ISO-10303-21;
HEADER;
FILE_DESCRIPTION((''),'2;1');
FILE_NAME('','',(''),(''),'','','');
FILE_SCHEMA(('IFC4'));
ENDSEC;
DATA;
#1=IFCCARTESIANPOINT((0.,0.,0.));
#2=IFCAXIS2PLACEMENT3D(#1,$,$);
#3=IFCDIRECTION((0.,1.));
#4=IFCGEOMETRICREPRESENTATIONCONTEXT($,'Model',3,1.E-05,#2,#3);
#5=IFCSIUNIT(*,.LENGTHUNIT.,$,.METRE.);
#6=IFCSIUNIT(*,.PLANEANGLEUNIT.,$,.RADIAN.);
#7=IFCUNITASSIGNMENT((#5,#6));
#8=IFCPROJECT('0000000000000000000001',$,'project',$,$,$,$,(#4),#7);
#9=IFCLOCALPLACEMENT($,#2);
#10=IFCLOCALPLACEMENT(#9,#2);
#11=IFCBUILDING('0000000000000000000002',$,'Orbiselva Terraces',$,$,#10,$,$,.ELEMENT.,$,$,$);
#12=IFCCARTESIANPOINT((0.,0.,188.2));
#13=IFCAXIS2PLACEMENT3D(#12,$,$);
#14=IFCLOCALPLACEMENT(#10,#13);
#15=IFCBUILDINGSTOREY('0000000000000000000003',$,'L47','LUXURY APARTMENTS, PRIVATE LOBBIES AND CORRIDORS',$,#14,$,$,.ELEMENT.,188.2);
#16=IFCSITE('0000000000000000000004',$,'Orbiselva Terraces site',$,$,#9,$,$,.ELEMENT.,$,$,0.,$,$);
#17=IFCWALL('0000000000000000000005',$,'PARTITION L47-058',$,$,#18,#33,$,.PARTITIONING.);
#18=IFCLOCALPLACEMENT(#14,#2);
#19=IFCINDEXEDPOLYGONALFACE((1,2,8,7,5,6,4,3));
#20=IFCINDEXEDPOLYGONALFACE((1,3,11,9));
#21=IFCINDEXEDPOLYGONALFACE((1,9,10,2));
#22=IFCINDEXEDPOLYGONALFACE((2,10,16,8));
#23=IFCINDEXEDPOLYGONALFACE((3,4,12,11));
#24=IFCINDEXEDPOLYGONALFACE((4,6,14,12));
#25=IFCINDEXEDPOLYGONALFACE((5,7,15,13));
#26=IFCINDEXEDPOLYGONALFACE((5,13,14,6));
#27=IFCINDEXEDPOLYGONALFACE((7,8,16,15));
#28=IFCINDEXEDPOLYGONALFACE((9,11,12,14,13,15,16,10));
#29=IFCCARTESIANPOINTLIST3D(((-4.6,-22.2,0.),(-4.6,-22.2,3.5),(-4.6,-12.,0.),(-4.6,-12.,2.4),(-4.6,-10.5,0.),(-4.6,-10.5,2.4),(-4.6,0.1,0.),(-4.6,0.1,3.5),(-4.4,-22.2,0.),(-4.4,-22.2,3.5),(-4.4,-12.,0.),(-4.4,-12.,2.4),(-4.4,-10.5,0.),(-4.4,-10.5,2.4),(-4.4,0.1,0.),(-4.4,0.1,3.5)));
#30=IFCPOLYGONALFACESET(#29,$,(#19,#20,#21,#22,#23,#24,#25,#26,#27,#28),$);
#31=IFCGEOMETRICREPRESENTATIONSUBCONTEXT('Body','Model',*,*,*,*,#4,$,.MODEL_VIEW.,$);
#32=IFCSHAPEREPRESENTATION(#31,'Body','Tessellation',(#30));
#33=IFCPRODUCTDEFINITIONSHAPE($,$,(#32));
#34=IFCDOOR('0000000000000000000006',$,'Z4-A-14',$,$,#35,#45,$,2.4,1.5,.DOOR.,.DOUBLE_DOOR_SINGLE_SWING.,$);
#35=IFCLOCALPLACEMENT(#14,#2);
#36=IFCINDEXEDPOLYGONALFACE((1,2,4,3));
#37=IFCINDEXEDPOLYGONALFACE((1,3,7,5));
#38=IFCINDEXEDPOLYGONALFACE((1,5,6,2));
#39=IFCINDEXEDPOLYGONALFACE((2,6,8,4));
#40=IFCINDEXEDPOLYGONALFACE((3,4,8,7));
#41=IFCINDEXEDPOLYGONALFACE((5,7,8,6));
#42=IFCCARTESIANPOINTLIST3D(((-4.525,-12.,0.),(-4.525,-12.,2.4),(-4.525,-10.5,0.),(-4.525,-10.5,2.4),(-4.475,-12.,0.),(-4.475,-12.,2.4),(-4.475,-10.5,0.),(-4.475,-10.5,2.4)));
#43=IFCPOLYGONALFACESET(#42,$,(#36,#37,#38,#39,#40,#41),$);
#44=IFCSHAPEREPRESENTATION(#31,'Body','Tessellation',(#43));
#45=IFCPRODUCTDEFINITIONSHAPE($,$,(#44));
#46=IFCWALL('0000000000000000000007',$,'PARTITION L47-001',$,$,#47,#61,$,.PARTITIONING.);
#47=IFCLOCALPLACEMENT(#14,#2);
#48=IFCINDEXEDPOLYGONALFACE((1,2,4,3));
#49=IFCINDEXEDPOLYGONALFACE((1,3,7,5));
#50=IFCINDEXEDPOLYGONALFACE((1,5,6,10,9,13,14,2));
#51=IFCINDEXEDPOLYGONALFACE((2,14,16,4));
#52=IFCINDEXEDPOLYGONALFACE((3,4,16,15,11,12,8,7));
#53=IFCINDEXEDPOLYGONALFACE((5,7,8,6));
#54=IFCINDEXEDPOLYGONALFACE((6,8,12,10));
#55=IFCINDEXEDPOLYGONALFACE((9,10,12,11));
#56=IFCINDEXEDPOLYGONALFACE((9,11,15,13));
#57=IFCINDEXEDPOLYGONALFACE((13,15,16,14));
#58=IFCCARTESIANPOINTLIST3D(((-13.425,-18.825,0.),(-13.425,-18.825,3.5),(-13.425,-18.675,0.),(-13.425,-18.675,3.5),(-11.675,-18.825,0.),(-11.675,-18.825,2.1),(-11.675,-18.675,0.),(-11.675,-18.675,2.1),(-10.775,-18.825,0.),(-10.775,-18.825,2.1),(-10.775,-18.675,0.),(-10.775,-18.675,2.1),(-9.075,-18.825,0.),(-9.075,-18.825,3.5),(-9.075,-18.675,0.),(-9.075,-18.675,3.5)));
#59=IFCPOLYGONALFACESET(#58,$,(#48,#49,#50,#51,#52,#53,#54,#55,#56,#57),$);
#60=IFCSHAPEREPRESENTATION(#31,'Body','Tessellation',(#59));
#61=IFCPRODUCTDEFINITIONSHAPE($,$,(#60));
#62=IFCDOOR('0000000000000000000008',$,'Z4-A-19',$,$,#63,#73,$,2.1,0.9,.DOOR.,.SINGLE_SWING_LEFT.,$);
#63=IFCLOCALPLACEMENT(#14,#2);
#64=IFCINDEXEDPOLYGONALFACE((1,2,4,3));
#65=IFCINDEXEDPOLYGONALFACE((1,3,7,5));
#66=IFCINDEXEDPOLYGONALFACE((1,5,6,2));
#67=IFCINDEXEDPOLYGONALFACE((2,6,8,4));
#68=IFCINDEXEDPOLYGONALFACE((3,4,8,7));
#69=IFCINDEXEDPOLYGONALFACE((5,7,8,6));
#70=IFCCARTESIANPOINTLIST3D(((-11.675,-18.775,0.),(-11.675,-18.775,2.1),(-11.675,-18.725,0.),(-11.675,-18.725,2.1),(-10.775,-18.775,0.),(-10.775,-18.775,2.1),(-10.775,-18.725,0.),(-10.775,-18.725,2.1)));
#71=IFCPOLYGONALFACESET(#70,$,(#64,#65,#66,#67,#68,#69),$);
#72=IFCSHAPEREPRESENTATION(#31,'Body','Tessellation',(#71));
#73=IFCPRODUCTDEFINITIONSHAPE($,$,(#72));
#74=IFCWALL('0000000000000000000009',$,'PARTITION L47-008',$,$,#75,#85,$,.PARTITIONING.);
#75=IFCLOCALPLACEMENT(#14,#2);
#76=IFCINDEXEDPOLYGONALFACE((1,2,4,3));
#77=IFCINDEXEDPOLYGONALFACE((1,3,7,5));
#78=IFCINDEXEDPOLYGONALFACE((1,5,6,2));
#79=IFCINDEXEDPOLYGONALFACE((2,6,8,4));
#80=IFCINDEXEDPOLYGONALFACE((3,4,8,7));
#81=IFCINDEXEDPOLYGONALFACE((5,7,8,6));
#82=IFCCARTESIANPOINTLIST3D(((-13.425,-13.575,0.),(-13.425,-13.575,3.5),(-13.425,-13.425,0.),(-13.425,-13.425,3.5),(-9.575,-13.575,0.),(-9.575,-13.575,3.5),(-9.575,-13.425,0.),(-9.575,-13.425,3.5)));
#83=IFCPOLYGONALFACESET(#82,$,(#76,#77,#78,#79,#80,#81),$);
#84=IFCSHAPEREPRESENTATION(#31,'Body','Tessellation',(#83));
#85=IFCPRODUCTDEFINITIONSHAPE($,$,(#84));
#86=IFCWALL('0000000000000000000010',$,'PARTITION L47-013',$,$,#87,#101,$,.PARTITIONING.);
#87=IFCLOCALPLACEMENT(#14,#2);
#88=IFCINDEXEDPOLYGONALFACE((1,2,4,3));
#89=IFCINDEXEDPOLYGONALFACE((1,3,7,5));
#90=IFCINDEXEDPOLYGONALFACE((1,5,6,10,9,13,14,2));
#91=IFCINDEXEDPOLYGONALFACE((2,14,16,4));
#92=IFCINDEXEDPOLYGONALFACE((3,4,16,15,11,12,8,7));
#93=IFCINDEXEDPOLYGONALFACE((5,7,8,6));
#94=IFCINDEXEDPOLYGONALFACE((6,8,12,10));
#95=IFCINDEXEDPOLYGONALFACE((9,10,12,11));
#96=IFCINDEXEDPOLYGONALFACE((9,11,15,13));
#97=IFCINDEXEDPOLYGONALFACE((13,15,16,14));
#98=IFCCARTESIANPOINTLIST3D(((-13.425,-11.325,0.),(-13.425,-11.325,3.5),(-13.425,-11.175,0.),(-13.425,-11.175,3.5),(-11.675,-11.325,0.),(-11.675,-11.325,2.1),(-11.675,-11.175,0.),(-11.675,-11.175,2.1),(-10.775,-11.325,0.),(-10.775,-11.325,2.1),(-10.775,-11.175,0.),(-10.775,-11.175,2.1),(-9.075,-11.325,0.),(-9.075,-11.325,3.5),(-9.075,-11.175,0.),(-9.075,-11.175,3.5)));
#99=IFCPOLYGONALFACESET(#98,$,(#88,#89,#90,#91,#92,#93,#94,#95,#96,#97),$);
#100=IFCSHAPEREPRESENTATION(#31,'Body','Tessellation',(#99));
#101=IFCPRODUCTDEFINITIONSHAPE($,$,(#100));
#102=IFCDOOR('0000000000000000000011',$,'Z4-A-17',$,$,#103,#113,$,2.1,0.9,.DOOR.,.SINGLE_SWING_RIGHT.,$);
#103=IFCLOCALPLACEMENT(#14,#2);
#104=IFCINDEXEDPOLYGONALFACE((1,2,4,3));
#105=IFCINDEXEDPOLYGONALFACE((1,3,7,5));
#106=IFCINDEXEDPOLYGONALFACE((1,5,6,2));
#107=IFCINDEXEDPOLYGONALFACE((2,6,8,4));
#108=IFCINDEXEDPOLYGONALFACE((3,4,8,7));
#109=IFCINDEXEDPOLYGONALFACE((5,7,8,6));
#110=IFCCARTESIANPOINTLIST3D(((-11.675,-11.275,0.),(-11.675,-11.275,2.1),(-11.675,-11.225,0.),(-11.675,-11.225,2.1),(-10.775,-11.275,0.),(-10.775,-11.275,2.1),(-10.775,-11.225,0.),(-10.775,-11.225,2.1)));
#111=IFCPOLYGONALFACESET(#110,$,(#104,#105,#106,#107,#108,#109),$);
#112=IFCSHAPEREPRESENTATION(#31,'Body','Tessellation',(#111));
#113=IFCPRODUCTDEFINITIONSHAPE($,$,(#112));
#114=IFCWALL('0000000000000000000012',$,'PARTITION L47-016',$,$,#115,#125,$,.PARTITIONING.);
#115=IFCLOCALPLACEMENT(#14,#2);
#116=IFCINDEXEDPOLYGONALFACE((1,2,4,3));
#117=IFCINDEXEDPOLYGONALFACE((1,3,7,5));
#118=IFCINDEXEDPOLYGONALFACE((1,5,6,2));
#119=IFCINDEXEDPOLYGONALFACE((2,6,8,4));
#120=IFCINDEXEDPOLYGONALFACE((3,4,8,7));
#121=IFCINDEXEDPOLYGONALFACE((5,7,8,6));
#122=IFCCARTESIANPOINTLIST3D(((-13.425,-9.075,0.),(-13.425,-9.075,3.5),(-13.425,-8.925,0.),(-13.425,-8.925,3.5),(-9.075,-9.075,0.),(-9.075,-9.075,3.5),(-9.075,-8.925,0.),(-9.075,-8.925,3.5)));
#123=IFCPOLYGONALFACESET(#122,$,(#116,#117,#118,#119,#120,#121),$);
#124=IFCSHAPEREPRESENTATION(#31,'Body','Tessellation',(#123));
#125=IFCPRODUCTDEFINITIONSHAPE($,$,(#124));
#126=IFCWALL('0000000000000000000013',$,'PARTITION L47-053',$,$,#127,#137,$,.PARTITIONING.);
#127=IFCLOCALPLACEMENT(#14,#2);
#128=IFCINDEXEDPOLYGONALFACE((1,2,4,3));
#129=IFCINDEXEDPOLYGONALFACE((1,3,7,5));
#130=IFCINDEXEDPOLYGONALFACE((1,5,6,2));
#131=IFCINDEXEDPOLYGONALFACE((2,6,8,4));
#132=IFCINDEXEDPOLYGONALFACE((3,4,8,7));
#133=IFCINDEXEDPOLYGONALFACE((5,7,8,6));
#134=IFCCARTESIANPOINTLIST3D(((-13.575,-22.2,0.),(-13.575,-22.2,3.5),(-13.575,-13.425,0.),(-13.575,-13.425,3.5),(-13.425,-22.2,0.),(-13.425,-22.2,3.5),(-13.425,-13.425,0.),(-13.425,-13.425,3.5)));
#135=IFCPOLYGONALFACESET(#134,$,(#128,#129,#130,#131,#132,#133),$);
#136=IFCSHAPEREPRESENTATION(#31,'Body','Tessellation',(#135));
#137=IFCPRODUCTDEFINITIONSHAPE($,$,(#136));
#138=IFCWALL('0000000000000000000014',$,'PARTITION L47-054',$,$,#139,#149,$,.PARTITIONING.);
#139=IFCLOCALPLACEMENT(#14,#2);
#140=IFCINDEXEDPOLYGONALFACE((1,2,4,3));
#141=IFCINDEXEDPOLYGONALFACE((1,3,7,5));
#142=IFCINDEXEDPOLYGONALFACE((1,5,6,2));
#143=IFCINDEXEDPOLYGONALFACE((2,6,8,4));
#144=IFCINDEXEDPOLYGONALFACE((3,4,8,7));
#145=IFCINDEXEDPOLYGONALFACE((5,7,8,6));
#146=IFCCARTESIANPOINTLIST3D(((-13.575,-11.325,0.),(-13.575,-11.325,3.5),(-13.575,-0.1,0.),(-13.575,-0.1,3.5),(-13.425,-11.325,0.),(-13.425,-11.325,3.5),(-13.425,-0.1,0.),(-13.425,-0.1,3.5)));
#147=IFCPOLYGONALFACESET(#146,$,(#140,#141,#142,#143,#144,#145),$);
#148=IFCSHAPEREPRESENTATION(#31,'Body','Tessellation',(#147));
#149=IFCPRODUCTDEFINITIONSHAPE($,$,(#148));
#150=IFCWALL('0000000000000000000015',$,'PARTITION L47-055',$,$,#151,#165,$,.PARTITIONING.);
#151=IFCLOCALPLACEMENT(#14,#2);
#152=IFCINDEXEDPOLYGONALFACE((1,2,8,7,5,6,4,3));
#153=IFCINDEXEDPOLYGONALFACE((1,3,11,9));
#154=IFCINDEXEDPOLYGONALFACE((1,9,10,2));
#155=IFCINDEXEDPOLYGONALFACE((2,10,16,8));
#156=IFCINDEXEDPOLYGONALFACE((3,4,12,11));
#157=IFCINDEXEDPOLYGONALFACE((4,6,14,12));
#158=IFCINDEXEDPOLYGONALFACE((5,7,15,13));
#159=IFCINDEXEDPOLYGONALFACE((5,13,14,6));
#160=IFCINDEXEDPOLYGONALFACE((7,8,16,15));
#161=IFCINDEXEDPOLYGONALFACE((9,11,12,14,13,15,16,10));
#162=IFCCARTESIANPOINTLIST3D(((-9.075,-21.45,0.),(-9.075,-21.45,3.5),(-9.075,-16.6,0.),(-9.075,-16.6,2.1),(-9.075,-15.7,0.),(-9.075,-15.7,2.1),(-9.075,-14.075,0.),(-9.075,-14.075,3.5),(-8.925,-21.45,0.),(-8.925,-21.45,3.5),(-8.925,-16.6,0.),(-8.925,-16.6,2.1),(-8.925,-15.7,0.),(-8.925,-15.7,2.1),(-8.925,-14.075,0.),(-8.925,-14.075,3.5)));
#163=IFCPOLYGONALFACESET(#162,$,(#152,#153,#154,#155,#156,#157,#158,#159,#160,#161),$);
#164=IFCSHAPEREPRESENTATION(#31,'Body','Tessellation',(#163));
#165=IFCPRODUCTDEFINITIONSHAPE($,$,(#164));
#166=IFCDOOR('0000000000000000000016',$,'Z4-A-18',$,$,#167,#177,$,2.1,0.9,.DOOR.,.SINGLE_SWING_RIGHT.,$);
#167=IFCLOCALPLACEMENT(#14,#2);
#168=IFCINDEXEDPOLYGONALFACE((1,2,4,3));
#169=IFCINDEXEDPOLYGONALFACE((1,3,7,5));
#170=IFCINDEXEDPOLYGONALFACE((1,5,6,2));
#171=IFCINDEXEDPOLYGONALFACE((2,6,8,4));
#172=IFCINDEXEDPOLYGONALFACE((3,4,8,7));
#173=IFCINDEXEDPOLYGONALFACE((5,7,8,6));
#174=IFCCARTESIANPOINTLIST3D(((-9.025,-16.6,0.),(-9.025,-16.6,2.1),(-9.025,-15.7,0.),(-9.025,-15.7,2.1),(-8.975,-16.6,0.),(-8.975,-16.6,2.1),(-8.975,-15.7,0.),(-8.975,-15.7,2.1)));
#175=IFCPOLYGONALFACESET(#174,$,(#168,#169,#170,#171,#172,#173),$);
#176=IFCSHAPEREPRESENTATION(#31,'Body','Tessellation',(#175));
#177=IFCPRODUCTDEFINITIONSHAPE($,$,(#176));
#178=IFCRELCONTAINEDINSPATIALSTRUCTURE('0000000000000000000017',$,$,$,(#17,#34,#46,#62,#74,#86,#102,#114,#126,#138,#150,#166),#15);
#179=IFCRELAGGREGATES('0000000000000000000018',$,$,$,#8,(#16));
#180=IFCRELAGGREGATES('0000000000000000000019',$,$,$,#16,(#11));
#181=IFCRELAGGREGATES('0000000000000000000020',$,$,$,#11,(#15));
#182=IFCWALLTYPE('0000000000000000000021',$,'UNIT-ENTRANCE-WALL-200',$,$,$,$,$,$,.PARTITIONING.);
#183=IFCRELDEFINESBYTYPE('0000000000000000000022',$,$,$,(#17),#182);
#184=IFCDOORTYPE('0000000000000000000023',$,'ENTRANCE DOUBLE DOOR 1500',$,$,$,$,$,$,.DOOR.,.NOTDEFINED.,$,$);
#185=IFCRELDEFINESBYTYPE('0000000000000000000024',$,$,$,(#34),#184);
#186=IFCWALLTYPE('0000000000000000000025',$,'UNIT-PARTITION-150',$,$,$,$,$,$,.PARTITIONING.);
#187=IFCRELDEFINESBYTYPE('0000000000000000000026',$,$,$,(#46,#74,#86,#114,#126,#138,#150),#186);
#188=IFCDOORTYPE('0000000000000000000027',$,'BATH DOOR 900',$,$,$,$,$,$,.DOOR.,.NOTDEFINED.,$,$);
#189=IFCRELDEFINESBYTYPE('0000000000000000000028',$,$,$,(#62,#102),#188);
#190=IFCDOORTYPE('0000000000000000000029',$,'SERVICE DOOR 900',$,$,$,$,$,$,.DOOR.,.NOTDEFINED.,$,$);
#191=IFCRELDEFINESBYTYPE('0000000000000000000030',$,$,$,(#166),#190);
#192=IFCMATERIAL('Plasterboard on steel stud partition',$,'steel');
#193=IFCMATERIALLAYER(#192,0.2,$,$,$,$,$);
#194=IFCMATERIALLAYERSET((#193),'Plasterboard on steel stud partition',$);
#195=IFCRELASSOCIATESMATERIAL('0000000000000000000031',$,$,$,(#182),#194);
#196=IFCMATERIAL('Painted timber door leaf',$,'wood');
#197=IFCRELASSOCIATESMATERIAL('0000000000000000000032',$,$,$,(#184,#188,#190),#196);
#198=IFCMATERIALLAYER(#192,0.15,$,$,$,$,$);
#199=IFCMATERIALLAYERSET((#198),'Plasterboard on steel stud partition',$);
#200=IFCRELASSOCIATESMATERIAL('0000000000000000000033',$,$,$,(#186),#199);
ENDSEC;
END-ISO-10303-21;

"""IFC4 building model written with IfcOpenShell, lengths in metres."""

from ifc_helpers import new_model, si_unit, direction, frame, frame_2d, origin, place, context, subcontext, project, spatial, rectangle, extrude, material, layer, layer_set, type_object, element, fill, save


model = new_model("IFC4")

# Units and contexts
model_context = context("Model", 3, precision=1e-05, world=origin(), true_north=direction((0.0, 1.0)))
body_context = subcontext(model_context, "Body", "Model", "MODEL_VIEW")
ifc_project = project(units=[si_unit("LENGTHUNIT", "METRE"), si_unit("PLANEANGLEUNIT", "RADIAN")], contexts=[model_context])

# Site, building, storey
site_placement = place(None, origin())
site = spatial("IfcSite", under=ifc_project, at=site_placement, Name="Orbiselva Terraces site", CompositionType="ELEMENT", RefElevation=0.0)
building_placement = place(site_placement, origin())
building = spatial("IfcBuilding", under=site, at=building_placement, Name="Orbiselva Terraces", CompositionType="ELEMENT")
storey_placement = place(building_placement, frame((0.0, 0.0, 188.2)))
storey = spatial("IfcBuildingStorey", under=building, at=storey_placement, Name="L47", Description="LUXURY APARTMENTS, PRIVATE LOBBIES AND CORRIDORS", CompositionType="ELEMENT", Elevation=188.2)

# Walls, openings, doors
ifc_material_1 = material(Name="Plasterboard on steel stud partition", Category="steel")
ifc_layer_1 = layer(ifc_material_1, 0.2)
ifc_layer_set_1 = layer_set([ifc_layer_1], Name="Plasterboard on steel stud partition")
wall_type_1 = type_object("IfcWallType", Name="UNIT-ENTRANCE-WALL-200", PredefinedType="PARTITIONING", material=ifc_layer_set_1)
wall_1_placement = place(storey_placement, frame((-4.5, -22.2, 0.0), z_axis=(0.0, 0.0, 1.0), x_axis=(0.0, 1.0, 0.0)))
wall_1 = element("IfcWall", 1, at=wall_1_placement, inside=storey, type_object=wall_type_1, Name="PARTITION L47-058", PredefinedType="PARTITIONING", context=body_context, shape_type="SweptSolid", body=[
    extrude(rectangle(XDim=22.3, YDim=0.2, at=frame_2d((11.15, 0.0))), origin(), (0.0, 0.0, 1.0), 3.5),
])
opening_1_placement = place(wall_1_placement, frame((10.2, 0.0, 0.0)))
opening_1 = element("IfcOpeningElement", 2, at=opening_1_placement, cuts=wall_1, PredefinedType="OPENING", context=body_context, shape_type="SweptSolid", body=[
    extrude(rectangle(XDim=1.5, YDim=2.4, at=frame_2d((0.75, 1.2))), frame((0.0, 0.11, 0.0), z_axis=(0.0, -1.0, 0.0), x_axis=(1.0, 0.0, 0.0)), (0.0, 0.0, 1.0), 0.22),
])
ifc_material_2 = material(Name="Painted timber door leaf", Category="wood")
door_type_1 = type_object("IfcDoorType", Name="ENTRANCE DOUBLE DOOR 1500", OperationType="NOTDEFINED", PredefinedType="DOOR", material=ifc_material_2)
door_1_placement = place(opening_1_placement, origin())
door_1 = element("IfcDoor", 3, at=door_1_placement, inside=storey, type_object=door_type_1, Name="Z4-A-14", OperationType="DOUBLE_DOOR_SINGLE_SWING", OverallHeight=2.4, OverallWidth=1.5, PredefinedType="DOOR", context=body_context, shape_type="SweptSolid", body=[
    extrude(rectangle(XDim=1.5, YDim=2.4, at=frame_2d((0.75, 1.2))), frame((0.0, 0.025, 0.0), z_axis=(0.0, -1.0, 0.0), x_axis=(1.0, 0.0, 0.0)), (0.0, 0.0, 1.0), 0.05),
])
fill(opening_1, door_1)
ifc_layer_2 = layer(ifc_material_1, 0.15)
ifc_layer_set_2 = layer_set([ifc_layer_2], Name="Plasterboard on steel stud partition")
wall_type_2 = type_object("IfcWallType", Name="UNIT-PARTITION-150", PredefinedType="PARTITIONING", material=ifc_layer_set_2)
wall_2_placement = place(storey_placement, frame((-9.075, -18.75, 0.0), z_axis=(0.0, 0.0, 1.0), x_axis=(-1.0, 0.0, 0.0)))
wall_2 = element("IfcWall", 4, at=wall_2_placement, inside=storey, type_object=wall_type_2, Name="PARTITION L47-001", PredefinedType="PARTITIONING", context=body_context, shape_type="SweptSolid", body=[
    extrude(rectangle(XDim=4.35, YDim=0.15, at=frame_2d((2.175, 0.0))), origin(), (0.0, 0.0, 1.0), 3.5),
])
opening_2_placement = place(wall_2_placement, frame((1.7, 0.0, 0.0)))
opening_2 = element("IfcOpeningElement", 5, at=opening_2_placement, cuts=wall_2, PredefinedType="OPENING", context=body_context, shape_type="SweptSolid", body=[
    extrude(rectangle(XDim=0.9, YDim=2.1, at=frame_2d((0.45, 1.05))), frame((0.0, 0.085, 0.0), z_axis=(0.0, -1.0, 0.0), x_axis=(1.0, 0.0, 0.0)), (0.0, 0.0, 1.0), 0.17),
])
door_type_2 = type_object("IfcDoorType", Name="BATH DOOR 900", OperationType="NOTDEFINED", PredefinedType="DOOR", material=ifc_material_2)
door_2_placement = place(opening_2_placement, origin())
door_2 = element("IfcDoor", 6, at=door_2_placement, inside=storey, type_object=door_type_2, Name="Z4-A-19", OperationType="SINGLE_SWING_LEFT", OverallHeight=2.1, OverallWidth=0.9, PredefinedType="DOOR", context=body_context, shape_type="SweptSolid", body=[
    extrude(rectangle(XDim=0.9, YDim=2.1, at=frame_2d((0.45, 1.05))), frame((0.0, 0.025, 0.0), z_axis=(0.0, -1.0, 0.0), x_axis=(1.0, 0.0, 0.0)), (0.0, 0.0, 1.0), 0.05),
])
fill(opening_2, door_2)

# Wall
wall_3_placement = place(storey_placement, frame((-13.425, -13.5, 0.0), z_axis=(0.0, 0.0, 1.0), x_axis=(1.0, 0.0, 0.0)))
element("IfcWall", 7, at=wall_3_placement, inside=storey, type_object=wall_type_2, Name="PARTITION L47-008", PredefinedType="PARTITIONING", context=body_context, shape_type="SweptSolid", body=[
    extrude(rectangle(XDim=3.85, YDim=0.15, at=frame_2d((1.925, 0.0))), origin(), (0.0, 0.0, 1.0), 3.5),
])

# Wall, opening, door
wall_4_placement = place(storey_placement, frame((-13.425, -11.25, 0.0), z_axis=(0.0, 0.0, 1.0), x_axis=(1.0, 0.0, 0.0)))
wall_4 = element("IfcWall", 8, at=wall_4_placement, inside=storey, type_object=wall_type_2, Name="PARTITION L47-013", PredefinedType="PARTITIONING", context=body_context, shape_type="SweptSolid", body=[
    extrude(rectangle(XDim=4.35, YDim=0.15, at=frame_2d((2.175, 0.0))), origin(), (0.0, 0.0, 1.0), 3.5),
])
opening_3_placement = place(wall_4_placement, frame((1.75, 0.0, 0.0)))
opening_3 = element("IfcOpeningElement", 9, at=opening_3_placement, cuts=wall_4, PredefinedType="OPENING", context=body_context, shape_type="SweptSolid", body=[
    extrude(rectangle(XDim=0.9, YDim=2.1, at=frame_2d((0.45, 1.05))), frame((0.0, 0.085, 0.0), z_axis=(0.0, -1.0, 0.0), x_axis=(1.0, 0.0, 0.0)), (0.0, 0.0, 1.0), 0.17),
])
door_3_placement = place(opening_3_placement, origin())
door_3 = element("IfcDoor", 10, at=door_3_placement, inside=storey, type_object=door_type_2, Name="Z4-A-17", OperationType="SINGLE_SWING_RIGHT", OverallHeight=2.1, OverallWidth=0.9, PredefinedType="DOOR", context=body_context, shape_type="SweptSolid", body=[
    extrude(rectangle(XDim=0.9, YDim=2.1, at=frame_2d((0.45, 1.05))), frame((0.0, 0.025, 0.0), z_axis=(0.0, -1.0, 0.0), x_axis=(1.0, 0.0, 0.0)), (0.0, 0.0, 1.0), 0.05),
])
fill(opening_3, door_3)

# Walls
wall_5_placement = place(storey_placement, frame((-13.425, -9.0, 0.0), z_axis=(0.0, 0.0, 1.0), x_axis=(1.0, 0.0, 0.0)))
element("IfcWall", 11, at=wall_5_placement, inside=storey, type_object=wall_type_2, Name="PARTITION L47-016", PredefinedType="PARTITIONING", context=body_context, shape_type="SweptSolid", body=[
    extrude(rectangle(XDim=4.35, YDim=0.15, at=frame_2d((2.175, 0.0))), origin(), (0.0, 0.0, 1.0), 3.5),
])
wall_6_placement = place(storey_placement, frame((-13.5, -22.2, 0.0), z_axis=(0.0, 0.0, 1.0), x_axis=(0.0, 1.0, 0.0)))
element("IfcWall", 12, at=wall_6_placement, inside=storey, type_object=wall_type_2, Name="PARTITION L47-053", PredefinedType="PARTITIONING", context=body_context, shape_type="SweptSolid", body=[
    extrude(rectangle(XDim=8.775, YDim=0.15, at=frame_2d((4.3875, 0.0))), origin(), (0.0, 0.0, 1.0), 3.5),
])
wall_7_placement = place(storey_placement, frame((-13.5, -11.325, 0.0), z_axis=(0.0, 0.0, 1.0), x_axis=(0.0, 1.0, 0.0)))
element("IfcWall", 13, at=wall_7_placement, inside=storey, type_object=wall_type_2, Name="PARTITION L47-054", PredefinedType="PARTITIONING", context=body_context, shape_type="SweptSolid", body=[
    extrude(rectangle(XDim=11.225, YDim=0.15, at=frame_2d((5.6125, 0.0))), origin(), (0.0, 0.0, 1.0), 3.5),
])

# Wall, opening, door
wall_8_placement = place(storey_placement, frame((-9.0, -21.45, 0.0), z_axis=(0.0, 0.0, 1.0), x_axis=(0.0, 1.0, 0.0)))
wall_8 = element("IfcWall", 14, at=wall_8_placement, inside=storey, type_object=wall_type_2, Name="PARTITION L47-055", PredefinedType="PARTITIONING", context=body_context, shape_type="SweptSolid", body=[
    extrude(rectangle(XDim=7.375, YDim=0.15, at=frame_2d((3.6875, 0.0))), origin(), (0.0, 0.0, 1.0), 3.5),
])
opening_4_placement = place(wall_8_placement, frame((4.85, 0.0, 0.0)))
opening_4 = element("IfcOpeningElement", 15, at=opening_4_placement, cuts=wall_8, PredefinedType="OPENING", context=body_context, shape_type="SweptSolid", body=[
    extrude(rectangle(XDim=0.9, YDim=2.1, at=frame_2d((0.45, 1.05))), frame((0.0, 0.085, 0.0), z_axis=(0.0, -1.0, 0.0), x_axis=(1.0, 0.0, 0.0)), (0.0, 0.0, 1.0), 0.17),
])
door_type_3 = type_object("IfcDoorType", Name="SERVICE DOOR 900", OperationType="NOTDEFINED", PredefinedType="DOOR", material=ifc_material_2)
door_4_placement = place(opening_4_placement, origin())
door_4 = element("IfcDoor", 16, at=door_4_placement, inside=storey, type_object=door_type_3, Name="Z4-A-18", OperationType="SINGLE_SWING_RIGHT", OverallHeight=2.1, OverallWidth=0.9, PredefinedType="DOOR", context=body_context, shape_type="SweptSolid", body=[
    extrude(rectangle(XDim=0.9, YDim=2.1, at=frame_2d((0.45, 1.05))), frame((0.0, 0.025, 0.0), z_axis=(0.0, -1.0, 0.0), x_axis=(1.0, 0.0, 0.0)), (0.0, 0.0, 1.0), 0.05),
])
fill(opening_4, door_4)

save(model, "model.ifc")
